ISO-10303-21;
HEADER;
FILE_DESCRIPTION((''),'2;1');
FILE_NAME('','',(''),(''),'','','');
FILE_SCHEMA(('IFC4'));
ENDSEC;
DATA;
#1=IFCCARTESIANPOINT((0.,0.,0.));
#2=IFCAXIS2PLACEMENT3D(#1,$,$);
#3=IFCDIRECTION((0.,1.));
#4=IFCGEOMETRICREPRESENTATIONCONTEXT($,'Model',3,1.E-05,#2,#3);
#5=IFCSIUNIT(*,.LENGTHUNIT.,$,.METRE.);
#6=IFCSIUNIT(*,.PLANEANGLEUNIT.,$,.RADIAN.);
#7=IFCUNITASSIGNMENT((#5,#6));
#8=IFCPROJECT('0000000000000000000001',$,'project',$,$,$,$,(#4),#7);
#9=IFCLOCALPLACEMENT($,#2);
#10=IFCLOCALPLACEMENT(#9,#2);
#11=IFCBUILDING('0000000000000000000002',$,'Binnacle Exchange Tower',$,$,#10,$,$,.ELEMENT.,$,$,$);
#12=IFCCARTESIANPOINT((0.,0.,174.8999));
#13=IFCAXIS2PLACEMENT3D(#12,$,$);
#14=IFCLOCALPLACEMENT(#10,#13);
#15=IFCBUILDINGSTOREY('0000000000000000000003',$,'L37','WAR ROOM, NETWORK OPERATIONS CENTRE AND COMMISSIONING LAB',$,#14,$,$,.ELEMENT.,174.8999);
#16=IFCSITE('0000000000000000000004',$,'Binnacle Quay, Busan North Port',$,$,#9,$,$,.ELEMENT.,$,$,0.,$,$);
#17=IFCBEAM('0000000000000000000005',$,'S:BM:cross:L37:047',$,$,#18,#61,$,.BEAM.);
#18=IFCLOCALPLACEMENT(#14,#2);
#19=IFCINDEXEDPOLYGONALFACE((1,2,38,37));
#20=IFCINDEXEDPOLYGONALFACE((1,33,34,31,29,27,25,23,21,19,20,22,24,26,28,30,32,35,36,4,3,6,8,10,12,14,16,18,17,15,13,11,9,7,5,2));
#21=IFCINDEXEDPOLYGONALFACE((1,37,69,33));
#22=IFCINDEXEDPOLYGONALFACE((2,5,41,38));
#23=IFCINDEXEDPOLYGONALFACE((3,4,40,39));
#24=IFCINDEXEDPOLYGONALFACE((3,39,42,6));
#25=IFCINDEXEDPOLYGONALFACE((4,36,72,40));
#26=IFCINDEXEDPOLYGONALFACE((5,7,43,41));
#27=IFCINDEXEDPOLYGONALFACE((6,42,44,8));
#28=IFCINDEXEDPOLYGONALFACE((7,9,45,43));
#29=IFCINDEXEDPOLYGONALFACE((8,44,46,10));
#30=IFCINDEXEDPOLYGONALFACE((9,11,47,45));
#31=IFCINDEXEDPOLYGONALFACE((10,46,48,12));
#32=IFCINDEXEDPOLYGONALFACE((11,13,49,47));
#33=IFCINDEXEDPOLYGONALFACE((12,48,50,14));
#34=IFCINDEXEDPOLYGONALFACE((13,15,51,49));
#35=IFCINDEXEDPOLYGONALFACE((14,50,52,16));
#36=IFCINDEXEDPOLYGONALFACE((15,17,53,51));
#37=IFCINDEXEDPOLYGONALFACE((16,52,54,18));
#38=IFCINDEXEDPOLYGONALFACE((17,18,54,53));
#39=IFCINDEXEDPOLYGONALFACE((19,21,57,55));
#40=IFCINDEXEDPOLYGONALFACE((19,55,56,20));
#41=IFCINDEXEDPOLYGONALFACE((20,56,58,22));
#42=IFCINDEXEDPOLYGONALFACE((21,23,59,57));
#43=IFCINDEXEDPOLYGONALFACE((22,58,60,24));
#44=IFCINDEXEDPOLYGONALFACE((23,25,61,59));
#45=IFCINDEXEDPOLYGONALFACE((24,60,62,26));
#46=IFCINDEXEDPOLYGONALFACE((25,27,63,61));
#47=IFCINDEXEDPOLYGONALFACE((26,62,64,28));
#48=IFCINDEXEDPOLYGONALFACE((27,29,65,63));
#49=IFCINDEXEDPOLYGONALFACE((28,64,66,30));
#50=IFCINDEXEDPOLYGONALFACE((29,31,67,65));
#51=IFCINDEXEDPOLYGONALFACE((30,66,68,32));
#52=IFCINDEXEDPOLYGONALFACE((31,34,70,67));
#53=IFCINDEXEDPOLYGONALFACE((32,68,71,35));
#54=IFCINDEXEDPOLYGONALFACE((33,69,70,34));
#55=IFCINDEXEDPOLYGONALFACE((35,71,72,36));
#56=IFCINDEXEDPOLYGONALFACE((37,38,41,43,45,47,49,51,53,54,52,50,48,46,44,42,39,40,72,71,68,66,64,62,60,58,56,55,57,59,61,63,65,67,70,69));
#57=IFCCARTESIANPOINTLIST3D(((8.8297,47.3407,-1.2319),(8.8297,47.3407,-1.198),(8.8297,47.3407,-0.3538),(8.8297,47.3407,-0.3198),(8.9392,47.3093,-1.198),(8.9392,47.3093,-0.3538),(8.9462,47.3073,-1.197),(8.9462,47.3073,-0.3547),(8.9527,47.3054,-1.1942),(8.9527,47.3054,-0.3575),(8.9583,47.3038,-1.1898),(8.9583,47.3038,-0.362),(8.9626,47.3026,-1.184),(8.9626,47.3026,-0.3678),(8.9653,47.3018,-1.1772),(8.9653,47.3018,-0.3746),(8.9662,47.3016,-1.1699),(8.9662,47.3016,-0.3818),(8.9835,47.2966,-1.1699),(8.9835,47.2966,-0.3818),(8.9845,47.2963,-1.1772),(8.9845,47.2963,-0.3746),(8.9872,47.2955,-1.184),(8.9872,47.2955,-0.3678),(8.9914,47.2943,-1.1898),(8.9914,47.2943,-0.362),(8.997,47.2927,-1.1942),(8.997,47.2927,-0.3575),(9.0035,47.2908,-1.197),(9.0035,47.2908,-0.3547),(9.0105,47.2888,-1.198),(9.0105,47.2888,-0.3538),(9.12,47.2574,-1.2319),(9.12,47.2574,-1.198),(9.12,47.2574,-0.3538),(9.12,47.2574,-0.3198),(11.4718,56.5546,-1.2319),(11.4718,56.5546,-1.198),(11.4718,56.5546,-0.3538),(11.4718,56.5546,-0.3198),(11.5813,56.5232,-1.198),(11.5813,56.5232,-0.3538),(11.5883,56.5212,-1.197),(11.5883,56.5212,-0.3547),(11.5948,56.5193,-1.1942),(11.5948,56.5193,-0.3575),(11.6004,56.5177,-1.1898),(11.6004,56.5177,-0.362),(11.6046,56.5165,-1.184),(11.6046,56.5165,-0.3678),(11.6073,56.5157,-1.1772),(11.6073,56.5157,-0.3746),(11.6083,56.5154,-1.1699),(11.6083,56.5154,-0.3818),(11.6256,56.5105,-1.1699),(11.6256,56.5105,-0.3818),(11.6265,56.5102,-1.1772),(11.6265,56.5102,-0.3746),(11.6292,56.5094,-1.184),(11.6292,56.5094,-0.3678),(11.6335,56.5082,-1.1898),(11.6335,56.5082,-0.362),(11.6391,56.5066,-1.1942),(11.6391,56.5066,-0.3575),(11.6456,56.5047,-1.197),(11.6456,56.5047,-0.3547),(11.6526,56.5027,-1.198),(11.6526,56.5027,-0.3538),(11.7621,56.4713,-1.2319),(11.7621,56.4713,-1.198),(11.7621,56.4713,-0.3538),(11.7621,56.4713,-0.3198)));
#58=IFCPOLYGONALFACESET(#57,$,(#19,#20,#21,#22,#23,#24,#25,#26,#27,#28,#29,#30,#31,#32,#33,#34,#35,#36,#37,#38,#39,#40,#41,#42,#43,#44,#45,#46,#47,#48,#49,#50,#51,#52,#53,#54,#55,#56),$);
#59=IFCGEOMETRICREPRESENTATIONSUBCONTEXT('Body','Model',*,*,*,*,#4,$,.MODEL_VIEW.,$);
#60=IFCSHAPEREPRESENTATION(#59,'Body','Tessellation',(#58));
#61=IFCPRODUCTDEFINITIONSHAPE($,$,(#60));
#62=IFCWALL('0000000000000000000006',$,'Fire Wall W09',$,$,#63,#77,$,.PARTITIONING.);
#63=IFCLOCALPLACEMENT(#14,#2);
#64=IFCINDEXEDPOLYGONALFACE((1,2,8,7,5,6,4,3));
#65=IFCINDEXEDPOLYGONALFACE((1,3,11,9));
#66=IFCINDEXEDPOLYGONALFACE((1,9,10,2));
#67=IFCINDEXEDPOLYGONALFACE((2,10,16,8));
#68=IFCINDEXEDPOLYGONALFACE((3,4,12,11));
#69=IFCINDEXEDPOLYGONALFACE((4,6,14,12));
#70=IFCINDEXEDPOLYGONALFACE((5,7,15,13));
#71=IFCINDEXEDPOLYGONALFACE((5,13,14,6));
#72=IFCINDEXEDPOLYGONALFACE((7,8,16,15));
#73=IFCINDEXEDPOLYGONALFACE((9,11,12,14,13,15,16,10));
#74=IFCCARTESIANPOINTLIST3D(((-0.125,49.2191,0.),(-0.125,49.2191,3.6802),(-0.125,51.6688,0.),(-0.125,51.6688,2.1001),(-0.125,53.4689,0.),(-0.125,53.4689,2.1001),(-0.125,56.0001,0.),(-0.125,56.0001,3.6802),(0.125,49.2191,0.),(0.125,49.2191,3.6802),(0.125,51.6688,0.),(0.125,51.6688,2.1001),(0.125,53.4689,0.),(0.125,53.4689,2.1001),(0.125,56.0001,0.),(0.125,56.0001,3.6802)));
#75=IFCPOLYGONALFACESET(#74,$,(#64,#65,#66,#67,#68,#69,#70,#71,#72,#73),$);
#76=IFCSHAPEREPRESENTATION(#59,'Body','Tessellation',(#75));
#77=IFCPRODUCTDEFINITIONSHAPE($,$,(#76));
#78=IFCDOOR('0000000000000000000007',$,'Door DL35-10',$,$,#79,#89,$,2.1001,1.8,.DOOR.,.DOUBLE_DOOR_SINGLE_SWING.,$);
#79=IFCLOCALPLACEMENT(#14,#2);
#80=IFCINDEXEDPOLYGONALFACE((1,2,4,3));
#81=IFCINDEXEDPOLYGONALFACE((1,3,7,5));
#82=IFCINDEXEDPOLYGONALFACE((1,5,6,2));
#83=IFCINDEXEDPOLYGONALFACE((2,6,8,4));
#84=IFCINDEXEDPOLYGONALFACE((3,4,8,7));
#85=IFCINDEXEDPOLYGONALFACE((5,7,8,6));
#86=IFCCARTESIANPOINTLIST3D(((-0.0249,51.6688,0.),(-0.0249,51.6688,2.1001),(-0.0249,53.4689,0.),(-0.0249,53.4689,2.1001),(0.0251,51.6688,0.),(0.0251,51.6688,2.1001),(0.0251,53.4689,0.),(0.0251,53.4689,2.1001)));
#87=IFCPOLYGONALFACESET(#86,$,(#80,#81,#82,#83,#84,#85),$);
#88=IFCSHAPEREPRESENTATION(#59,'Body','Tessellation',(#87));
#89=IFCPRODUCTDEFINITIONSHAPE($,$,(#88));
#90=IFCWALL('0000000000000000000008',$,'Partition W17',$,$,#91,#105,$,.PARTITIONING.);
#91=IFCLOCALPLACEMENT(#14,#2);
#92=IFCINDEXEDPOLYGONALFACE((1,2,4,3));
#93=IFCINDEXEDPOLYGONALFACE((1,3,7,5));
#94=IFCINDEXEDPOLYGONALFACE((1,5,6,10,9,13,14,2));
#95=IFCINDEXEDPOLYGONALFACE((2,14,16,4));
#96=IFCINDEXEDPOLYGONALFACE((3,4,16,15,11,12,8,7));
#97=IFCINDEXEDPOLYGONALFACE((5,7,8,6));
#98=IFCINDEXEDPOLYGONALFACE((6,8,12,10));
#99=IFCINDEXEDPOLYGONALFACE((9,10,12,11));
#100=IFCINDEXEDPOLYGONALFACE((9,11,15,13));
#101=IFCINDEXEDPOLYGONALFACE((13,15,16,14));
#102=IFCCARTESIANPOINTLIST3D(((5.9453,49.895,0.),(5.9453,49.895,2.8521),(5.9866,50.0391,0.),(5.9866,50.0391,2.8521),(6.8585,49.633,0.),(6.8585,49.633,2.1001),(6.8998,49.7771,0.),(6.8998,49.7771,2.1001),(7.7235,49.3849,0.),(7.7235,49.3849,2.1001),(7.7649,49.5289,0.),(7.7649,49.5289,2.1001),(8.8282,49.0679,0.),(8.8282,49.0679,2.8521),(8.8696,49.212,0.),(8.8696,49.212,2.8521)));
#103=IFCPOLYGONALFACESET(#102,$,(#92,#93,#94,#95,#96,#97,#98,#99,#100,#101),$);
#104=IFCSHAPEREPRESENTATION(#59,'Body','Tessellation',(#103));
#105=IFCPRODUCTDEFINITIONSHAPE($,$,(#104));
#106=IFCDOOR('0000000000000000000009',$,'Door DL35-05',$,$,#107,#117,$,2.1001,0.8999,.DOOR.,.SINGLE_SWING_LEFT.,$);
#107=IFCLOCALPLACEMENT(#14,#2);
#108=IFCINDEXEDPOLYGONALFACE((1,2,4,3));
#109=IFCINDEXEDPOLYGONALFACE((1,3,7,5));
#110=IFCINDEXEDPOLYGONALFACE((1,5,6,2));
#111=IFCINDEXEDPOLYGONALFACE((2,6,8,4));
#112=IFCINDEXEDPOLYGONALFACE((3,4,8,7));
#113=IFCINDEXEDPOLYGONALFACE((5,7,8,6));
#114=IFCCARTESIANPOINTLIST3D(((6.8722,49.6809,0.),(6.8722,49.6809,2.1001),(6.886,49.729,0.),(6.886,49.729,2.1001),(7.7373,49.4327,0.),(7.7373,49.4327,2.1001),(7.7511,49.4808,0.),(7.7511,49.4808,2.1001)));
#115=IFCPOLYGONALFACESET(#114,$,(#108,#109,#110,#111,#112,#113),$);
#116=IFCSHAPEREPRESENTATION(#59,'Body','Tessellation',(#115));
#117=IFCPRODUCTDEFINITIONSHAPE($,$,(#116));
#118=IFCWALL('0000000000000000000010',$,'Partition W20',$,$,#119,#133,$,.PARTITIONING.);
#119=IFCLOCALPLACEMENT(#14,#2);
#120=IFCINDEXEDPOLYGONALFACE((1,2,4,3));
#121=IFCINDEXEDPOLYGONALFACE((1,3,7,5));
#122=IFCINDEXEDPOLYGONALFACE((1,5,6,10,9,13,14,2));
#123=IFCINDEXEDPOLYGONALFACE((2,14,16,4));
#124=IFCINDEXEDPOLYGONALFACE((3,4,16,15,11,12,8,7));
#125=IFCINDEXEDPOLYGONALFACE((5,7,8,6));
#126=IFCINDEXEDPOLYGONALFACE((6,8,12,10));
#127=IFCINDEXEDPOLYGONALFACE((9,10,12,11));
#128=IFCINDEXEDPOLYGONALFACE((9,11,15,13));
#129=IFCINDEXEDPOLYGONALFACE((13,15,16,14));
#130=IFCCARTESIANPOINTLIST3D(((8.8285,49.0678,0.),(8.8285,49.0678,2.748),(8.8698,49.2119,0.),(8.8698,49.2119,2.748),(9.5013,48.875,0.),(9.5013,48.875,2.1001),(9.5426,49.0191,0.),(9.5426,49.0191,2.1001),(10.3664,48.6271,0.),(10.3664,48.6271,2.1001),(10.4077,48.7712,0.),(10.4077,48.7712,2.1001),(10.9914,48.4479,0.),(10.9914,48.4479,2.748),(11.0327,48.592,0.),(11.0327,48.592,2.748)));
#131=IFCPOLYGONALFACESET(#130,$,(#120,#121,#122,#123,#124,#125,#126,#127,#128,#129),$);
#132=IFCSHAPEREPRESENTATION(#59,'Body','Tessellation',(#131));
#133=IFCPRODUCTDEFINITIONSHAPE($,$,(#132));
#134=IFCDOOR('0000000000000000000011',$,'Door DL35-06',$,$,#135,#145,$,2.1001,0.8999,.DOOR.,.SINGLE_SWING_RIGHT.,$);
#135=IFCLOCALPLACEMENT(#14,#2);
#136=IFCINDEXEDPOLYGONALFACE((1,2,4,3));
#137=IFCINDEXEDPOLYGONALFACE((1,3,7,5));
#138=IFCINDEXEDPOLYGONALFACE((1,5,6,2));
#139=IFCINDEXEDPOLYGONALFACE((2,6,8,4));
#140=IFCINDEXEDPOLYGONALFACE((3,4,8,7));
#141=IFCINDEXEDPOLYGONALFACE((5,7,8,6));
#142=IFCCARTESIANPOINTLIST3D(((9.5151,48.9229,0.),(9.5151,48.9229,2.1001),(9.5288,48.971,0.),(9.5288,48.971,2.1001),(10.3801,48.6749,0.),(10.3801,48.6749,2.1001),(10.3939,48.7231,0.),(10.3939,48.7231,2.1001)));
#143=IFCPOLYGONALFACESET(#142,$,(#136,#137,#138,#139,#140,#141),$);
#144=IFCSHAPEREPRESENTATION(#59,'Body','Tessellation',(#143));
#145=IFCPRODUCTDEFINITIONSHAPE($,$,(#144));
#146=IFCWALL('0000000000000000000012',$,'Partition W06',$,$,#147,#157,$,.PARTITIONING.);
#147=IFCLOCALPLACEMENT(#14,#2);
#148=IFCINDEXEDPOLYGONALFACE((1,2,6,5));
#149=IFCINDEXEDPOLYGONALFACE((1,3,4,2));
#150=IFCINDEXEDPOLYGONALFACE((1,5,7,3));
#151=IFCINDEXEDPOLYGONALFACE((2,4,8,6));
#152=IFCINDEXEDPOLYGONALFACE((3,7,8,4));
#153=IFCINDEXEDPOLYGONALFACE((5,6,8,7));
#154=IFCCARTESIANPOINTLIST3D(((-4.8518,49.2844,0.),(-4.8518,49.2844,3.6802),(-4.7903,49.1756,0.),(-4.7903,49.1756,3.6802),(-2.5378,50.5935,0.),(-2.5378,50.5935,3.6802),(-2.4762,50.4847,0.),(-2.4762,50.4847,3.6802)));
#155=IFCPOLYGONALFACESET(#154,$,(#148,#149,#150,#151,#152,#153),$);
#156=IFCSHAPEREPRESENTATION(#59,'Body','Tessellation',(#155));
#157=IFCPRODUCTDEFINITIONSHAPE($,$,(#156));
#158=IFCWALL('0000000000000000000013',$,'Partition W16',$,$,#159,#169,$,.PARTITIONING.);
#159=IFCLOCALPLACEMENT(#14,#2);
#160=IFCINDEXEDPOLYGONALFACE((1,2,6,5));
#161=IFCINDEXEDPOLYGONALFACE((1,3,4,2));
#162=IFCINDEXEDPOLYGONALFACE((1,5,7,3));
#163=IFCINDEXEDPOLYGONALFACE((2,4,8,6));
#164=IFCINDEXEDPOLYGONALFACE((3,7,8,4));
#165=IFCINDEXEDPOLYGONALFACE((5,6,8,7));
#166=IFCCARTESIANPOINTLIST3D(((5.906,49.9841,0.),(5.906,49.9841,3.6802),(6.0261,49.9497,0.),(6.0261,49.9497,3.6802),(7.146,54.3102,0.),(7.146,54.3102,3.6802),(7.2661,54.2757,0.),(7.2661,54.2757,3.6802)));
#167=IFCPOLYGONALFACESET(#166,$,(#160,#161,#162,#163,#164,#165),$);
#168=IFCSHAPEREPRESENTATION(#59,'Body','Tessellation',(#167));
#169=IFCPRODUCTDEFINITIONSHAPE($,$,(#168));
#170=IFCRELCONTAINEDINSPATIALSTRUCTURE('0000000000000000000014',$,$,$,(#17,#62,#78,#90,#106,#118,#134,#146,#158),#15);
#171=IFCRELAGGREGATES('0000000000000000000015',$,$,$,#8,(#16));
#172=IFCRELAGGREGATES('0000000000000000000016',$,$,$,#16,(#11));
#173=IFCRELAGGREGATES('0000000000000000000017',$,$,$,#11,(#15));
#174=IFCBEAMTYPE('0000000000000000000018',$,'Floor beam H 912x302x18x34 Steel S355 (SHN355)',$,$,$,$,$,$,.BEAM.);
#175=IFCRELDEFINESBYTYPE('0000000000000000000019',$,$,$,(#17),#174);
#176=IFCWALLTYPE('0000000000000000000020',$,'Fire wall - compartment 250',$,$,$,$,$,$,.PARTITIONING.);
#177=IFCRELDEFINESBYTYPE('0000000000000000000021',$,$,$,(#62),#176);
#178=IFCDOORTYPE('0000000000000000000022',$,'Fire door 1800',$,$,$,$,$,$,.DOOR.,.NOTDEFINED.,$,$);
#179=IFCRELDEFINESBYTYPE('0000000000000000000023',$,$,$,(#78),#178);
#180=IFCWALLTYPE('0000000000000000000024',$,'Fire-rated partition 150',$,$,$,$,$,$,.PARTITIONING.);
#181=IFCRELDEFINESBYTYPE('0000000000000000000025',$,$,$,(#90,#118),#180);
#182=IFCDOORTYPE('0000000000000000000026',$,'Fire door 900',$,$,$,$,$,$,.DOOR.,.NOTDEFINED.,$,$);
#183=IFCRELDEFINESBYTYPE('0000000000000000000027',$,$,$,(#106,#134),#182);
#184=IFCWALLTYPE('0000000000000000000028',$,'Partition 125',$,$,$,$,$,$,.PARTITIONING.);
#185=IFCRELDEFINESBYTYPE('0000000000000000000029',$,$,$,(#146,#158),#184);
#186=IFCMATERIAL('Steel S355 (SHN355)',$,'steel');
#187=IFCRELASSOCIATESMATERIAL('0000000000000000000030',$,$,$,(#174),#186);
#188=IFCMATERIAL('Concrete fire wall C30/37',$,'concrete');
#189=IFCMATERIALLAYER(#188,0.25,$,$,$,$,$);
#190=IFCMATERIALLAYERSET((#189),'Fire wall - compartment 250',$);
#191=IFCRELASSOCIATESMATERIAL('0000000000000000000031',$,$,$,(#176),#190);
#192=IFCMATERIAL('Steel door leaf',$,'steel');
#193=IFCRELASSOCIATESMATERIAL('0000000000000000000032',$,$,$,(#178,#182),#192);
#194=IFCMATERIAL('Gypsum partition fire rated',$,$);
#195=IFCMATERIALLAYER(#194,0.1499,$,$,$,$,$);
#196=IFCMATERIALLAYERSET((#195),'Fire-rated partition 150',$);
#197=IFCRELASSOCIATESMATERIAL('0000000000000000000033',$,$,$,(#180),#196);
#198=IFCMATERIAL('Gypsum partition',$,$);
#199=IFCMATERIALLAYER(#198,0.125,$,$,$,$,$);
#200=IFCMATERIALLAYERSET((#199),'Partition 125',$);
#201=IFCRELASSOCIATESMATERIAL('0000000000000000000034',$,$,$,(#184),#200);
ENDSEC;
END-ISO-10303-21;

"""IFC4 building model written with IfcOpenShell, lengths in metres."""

from ifc_helpers import new_model, si_unit, direction, frame, frame_2d, origin, origin_2d, place, context, subcontext, project, spatial, rectangle, i_section, extrude, material, layer, layer_set, material_profile, profile_set, type_object, element, fill, save


model = new_model("IFC4")

# Units and contexts
model_context = context("Model", 3, precision=1e-05, world=origin(), true_north=direction((0.0, 1.0)))
body_context = subcontext(model_context, "Body", "Model", "MODEL_VIEW")
ifc_project = project(units=[si_unit("LENGTHUNIT", "METRE"), si_unit("PLANEANGLEUNIT", "RADIAN")], contexts=[model_context])

# Site, building, storey
site_placement = place(None, origin())
site = spatial("IfcSite", under=ifc_project, at=site_placement, Name="Binnacle Quay, Busan North Port", CompositionType="ELEMENT", RefElevation=0.0)
building_placement = place(site_placement, origin())
building = spatial("IfcBuilding", under=site, at=building_placement, Name="Binnacle Exchange Tower", CompositionType="ELEMENT")
storey_placement = place(building_placement, frame((0.0, 0.0, 174.8999)))
storey = spatial("IfcBuildingStorey", under=building, at=storey_placement, Name="L37", Description="WAR ROOM, NETWORK OPERATIONS CENTRE AND COMMISSIONING LAB", CompositionType="ELEMENT", Elevation=174.8999)

# Beam
ifc_material_1 = material(Name="Steel S355 (SHN355)", Category="steel")
ifc_material_profile_1 = material_profile(ifc_material_1, i_section(OverallWidth=0.302, OverallDepth=0.9121, WebThickness=0.0181, FlangeThickness=0.0339, FilletRadius=0.0281, at=origin_2d()), Name="H 912x302x18x34")
ifc_profile_set_1 = profile_set([ifc_material_profile_1], Name="Steel S355 (SHN355)")
beam_type_1 = type_object("IfcBeamType", Name="Floor beam H 912x302x18x34 Steel S355 (SHN355)", PredefinedType="BEAM", material=ifc_profile_set_1)
beam_1_placement = place(storey_placement, frame((8.9749, 47.2991, -0.7759), z_axis=(0.275643, 0.96126, 0.0), x_axis=(-0.96126, 0.275643, 0.0)))
element("IfcBeam", 1, at=beam_1_placement, inside=storey, type_object=beam_type_1, Name="S:BM:cross:L37:047", PredefinedType="BEAM", context=body_context, shape_type="SweptSolid", body=[
    extrude(i_section(OverallWidth=0.302, OverallDepth=0.9121, WebThickness=0.0181, FlangeThickness=0.0339, FilletRadius=0.0281, at=origin_2d()), origin(), (0.0, 0.0, 1.0), 9.5852),
])

# Walls, openings, doors
ifc_material_2 = material(Name="Concrete fire wall C30/37", Category="concrete")
ifc_layer_1 = layer(ifc_material_2, 0.25)
ifc_layer_set_1 = layer_set([ifc_layer_1], Name="Fire wall - compartment 250")
wall_type_1 = type_object("IfcWallType", Name="Fire wall - compartment 250", PredefinedType="PARTITIONING", material=ifc_layer_set_1)
wall_1_placement = place(storey_placement, frame((0.0, 49.219, 0.0), z_axis=(0.0, 0.0, 1.0), x_axis=(0.0, 1.0, 0.0)))
wall_1 = element("IfcWall", 2, at=wall_1_placement, inside=storey, type_object=wall_type_1, Name="Fire Wall W09", PredefinedType="PARTITIONING", context=body_context, shape_type="SweptSolid", body=[
    extrude(rectangle(XDim=6.781, YDim=0.25, at=frame_2d((3.3906, 0.0))), origin(), (0.0, 0.0, 1.0), 3.6802),
])
opening_1_placement = place(wall_1_placement, frame((2.45, 0.0, 0.0)))
opening_1 = element("IfcOpeningElement", 3, at=opening_1_placement, cuts=wall_1, PredefinedType="OPENING", context=body_context, shape_type="SweptSolid", body=[
    extrude(rectangle(XDim=1.8, YDim=2.1001, at=frame_2d((0.8999, 1.05))), frame((0.0, 0.135, 0.0), z_axis=(0.0, -1.0, 0.0), x_axis=(1.0, 0.0, 0.0)), (0.0, 0.0, 1.0), 0.27),
])
ifc_material_3 = material(Name="Steel door leaf", Category="steel")
door_type_1 = type_object("IfcDoorType", Name="Fire door 1800", OperationType="NOTDEFINED", PredefinedType="DOOR", material=ifc_material_3)
door_1_placement = place(opening_1_placement, origin())
door_1 = element("IfcDoor", 4, at=door_1_placement, inside=storey, type_object=door_type_1, Name="Door DL35-10", OperationType="DOUBLE_DOOR_SINGLE_SWING", OverallHeight=2.1001, OverallWidth=1.8, PredefinedType="DOOR", context=body_context, shape_type="SweptSolid", body=[
    extrude(rectangle(XDim=1.8, YDim=2.1001, at=frame_2d((0.8999, 1.05))), frame((0.0, 0.0249, 0.0), z_axis=(0.0, -1.0, 0.0), x_axis=(1.0, 0.0, 0.0)), (0.0, 0.0, 1.0), 0.05),
])
fill(opening_1, door_1)
ifc_material_4 = material(Name="Gypsum partition fire rated")
ifc_layer_2 = layer(ifc_material_4, 0.1499)
ifc_layer_set_2 = layer_set([ifc_layer_2], Name="Fire-rated partition 150")
wall_type_2 = type_object("IfcWallType", Name="Fire-rated partition 150", PredefinedType="PARTITIONING", material=ifc_layer_set_2)
wall_2_placement = place(storey_placement, frame((5.9661, 49.967, 0.0), z_axis=(0.0, 0.0, 1.0), x_axis=(0.961222, -0.275775, 0.0)))
wall_2 = element("IfcWall", 5, at=wall_2_placement, inside=storey, type_object=wall_type_2, Name="Partition W17", PredefinedType="PARTITIONING", context=body_context, shape_type="SweptSolid", body=[
    extrude(rectangle(XDim=2.9993, YDim=0.1499, at=frame_2d((1.4995, 0.0))), origin(), (0.0, 0.0, 1.0), 2.8521),
])
opening_2_placement = place(wall_2_placement, frame((0.95, 0.0, 0.0)))
opening_2 = element("IfcOpeningElement", 6, at=opening_2_placement, cuts=wall_2, PredefinedType="OPENING", context=body_context, shape_type="SweptSolid", body=[
    extrude(rectangle(XDim=0.8999, YDim=2.1001, at=frame_2d((0.45, 1.05))), frame((0.0, 0.085, 0.0), z_axis=(0.0, -1.0, 0.0), x_axis=(1.0, 0.0, 0.0)), (0.0, 0.0, 1.0), 0.1699),
])
door_type_2 = type_object("IfcDoorType", Name="Fire door 900", OperationType="NOTDEFINED", PredefinedType="DOOR", material=ifc_material_3)
door_2_placement = place(opening_2_placement, origin())
door_2 = element("IfcDoor", 7, at=door_2_placement, inside=storey, type_object=door_type_2, Name="Door DL35-05", OperationType="SINGLE_SWING_LEFT", OverallHeight=2.1001, OverallWidth=0.8999, PredefinedType="DOOR", context=body_context, shape_type="SweptSolid", body=[
    extrude(rectangle(XDim=0.8999, YDim=2.1001, at=frame_2d((0.45, 1.05))), frame((0.0, 0.0249, 0.0), z_axis=(0.0, -1.0, 0.0), x_axis=(1.0, 0.0, 0.0)), (0.0, 0.0, 1.0), 0.05),
])
fill(opening_2, door_2)
wall_3_placement = place(storey_placement, frame((8.8491, 49.1399, 0.0), z_axis=(0.0, 0.0, 1.0), x_axis=(0.961298, -0.275509, 0.0)))
wall_3 = element("IfcWall", 8, at=wall_3_placement, inside=storey, type_object=wall_type_2, Name="Partition W20", PredefinedType="PARTITIONING", context=body_context, shape_type="SweptSolid", body=[
    extrude(rectangle(XDim=2.25, YDim=0.1499, at=frame_2d((1.125, 0.0))), origin(), (0.0, 0.0, 1.0), 2.748),
])
opening_3_placement = place(wall_3_placement, frame((0.7, 0.0, 0.0)))
opening_3 = element("IfcOpeningElement", 9, at=opening_3_placement, cuts=wall_3, PredefinedType="OPENING", context=body_context, shape_type="SweptSolid", body=[
    extrude(rectangle(XDim=0.8999, YDim=2.1001, at=frame_2d((0.45, 1.05))), frame((0.0, 0.085, 0.0), z_axis=(0.0, -1.0, 0.0), x_axis=(1.0, 0.0, 0.0)), (0.0, 0.0, 1.0), 0.1699),
])
door_3_placement = place(opening_3_placement, origin())
door_3 = element("IfcDoor", 10, at=door_3_placement, inside=storey, type_object=door_type_2, Name="Door DL35-06", OperationType="SINGLE_SWING_RIGHT", OverallHeight=2.1001, OverallWidth=0.8999, PredefinedType="DOOR", context=body_context, shape_type="SweptSolid", body=[
    extrude(rectangle(XDim=0.8999, YDim=2.1001, at=frame_2d((0.45, 1.05))), frame((0.0, 0.0249, 0.0), z_axis=(0.0, -1.0, 0.0), x_axis=(1.0, 0.0, 0.0)), (0.0, 0.0, 1.0), 0.05),
])
fill(opening_3, door_3)

# Walls
ifc_material_5 = material(Name="Gypsum partition")
ifc_layer_3 = layer(ifc_material_5, 0.125)
ifc_layer_set_3 = layer_set([ifc_layer_3], Name="Partition 125")
wall_type_3 = type_object("IfcWallType", Name="Partition 125", PredefinedType="PARTITIONING", material=ifc_layer_set_3)
wall_4_placement = place(storey_placement, frame((-4.821, 49.23, 0.0), z_axis=(0.0, 0.0, 1.0), x_axis=(0.870371, 0.492396, 0.0)))
element("IfcWall", 11, at=wall_4_placement, inside=storey, type_object=wall_type_3, Name="Partition W06", PredefinedType="PARTITIONING", context=body_context, shape_type="SweptSolid", body=[
    extrude(rectangle(XDim=2.6587, YDim=0.125, at=frame_2d((1.3293, 0.0))), origin(), (0.0, 0.0, 1.0), 3.6802),
])
wall_5_placement = place(storey_placement, frame((5.9661, 49.967, 0.0), z_axis=(0.0, 0.0, 1.0), x_axis=(0.275545, 0.961288, 0.0)))
element("IfcWall", 12, at=wall_5_placement, inside=storey, type_object=wall_type_3, Name="Partition W16", PredefinedType="PARTITIONING", context=body_context, shape_type="SweptSolid", body=[
    extrude(rectangle(XDim=4.5002, YDim=0.125, at=frame_2d((2.25, 0.0))), origin(), (0.0, 0.0, 1.0), 3.6802),
])

save(model, "model.ifc")
